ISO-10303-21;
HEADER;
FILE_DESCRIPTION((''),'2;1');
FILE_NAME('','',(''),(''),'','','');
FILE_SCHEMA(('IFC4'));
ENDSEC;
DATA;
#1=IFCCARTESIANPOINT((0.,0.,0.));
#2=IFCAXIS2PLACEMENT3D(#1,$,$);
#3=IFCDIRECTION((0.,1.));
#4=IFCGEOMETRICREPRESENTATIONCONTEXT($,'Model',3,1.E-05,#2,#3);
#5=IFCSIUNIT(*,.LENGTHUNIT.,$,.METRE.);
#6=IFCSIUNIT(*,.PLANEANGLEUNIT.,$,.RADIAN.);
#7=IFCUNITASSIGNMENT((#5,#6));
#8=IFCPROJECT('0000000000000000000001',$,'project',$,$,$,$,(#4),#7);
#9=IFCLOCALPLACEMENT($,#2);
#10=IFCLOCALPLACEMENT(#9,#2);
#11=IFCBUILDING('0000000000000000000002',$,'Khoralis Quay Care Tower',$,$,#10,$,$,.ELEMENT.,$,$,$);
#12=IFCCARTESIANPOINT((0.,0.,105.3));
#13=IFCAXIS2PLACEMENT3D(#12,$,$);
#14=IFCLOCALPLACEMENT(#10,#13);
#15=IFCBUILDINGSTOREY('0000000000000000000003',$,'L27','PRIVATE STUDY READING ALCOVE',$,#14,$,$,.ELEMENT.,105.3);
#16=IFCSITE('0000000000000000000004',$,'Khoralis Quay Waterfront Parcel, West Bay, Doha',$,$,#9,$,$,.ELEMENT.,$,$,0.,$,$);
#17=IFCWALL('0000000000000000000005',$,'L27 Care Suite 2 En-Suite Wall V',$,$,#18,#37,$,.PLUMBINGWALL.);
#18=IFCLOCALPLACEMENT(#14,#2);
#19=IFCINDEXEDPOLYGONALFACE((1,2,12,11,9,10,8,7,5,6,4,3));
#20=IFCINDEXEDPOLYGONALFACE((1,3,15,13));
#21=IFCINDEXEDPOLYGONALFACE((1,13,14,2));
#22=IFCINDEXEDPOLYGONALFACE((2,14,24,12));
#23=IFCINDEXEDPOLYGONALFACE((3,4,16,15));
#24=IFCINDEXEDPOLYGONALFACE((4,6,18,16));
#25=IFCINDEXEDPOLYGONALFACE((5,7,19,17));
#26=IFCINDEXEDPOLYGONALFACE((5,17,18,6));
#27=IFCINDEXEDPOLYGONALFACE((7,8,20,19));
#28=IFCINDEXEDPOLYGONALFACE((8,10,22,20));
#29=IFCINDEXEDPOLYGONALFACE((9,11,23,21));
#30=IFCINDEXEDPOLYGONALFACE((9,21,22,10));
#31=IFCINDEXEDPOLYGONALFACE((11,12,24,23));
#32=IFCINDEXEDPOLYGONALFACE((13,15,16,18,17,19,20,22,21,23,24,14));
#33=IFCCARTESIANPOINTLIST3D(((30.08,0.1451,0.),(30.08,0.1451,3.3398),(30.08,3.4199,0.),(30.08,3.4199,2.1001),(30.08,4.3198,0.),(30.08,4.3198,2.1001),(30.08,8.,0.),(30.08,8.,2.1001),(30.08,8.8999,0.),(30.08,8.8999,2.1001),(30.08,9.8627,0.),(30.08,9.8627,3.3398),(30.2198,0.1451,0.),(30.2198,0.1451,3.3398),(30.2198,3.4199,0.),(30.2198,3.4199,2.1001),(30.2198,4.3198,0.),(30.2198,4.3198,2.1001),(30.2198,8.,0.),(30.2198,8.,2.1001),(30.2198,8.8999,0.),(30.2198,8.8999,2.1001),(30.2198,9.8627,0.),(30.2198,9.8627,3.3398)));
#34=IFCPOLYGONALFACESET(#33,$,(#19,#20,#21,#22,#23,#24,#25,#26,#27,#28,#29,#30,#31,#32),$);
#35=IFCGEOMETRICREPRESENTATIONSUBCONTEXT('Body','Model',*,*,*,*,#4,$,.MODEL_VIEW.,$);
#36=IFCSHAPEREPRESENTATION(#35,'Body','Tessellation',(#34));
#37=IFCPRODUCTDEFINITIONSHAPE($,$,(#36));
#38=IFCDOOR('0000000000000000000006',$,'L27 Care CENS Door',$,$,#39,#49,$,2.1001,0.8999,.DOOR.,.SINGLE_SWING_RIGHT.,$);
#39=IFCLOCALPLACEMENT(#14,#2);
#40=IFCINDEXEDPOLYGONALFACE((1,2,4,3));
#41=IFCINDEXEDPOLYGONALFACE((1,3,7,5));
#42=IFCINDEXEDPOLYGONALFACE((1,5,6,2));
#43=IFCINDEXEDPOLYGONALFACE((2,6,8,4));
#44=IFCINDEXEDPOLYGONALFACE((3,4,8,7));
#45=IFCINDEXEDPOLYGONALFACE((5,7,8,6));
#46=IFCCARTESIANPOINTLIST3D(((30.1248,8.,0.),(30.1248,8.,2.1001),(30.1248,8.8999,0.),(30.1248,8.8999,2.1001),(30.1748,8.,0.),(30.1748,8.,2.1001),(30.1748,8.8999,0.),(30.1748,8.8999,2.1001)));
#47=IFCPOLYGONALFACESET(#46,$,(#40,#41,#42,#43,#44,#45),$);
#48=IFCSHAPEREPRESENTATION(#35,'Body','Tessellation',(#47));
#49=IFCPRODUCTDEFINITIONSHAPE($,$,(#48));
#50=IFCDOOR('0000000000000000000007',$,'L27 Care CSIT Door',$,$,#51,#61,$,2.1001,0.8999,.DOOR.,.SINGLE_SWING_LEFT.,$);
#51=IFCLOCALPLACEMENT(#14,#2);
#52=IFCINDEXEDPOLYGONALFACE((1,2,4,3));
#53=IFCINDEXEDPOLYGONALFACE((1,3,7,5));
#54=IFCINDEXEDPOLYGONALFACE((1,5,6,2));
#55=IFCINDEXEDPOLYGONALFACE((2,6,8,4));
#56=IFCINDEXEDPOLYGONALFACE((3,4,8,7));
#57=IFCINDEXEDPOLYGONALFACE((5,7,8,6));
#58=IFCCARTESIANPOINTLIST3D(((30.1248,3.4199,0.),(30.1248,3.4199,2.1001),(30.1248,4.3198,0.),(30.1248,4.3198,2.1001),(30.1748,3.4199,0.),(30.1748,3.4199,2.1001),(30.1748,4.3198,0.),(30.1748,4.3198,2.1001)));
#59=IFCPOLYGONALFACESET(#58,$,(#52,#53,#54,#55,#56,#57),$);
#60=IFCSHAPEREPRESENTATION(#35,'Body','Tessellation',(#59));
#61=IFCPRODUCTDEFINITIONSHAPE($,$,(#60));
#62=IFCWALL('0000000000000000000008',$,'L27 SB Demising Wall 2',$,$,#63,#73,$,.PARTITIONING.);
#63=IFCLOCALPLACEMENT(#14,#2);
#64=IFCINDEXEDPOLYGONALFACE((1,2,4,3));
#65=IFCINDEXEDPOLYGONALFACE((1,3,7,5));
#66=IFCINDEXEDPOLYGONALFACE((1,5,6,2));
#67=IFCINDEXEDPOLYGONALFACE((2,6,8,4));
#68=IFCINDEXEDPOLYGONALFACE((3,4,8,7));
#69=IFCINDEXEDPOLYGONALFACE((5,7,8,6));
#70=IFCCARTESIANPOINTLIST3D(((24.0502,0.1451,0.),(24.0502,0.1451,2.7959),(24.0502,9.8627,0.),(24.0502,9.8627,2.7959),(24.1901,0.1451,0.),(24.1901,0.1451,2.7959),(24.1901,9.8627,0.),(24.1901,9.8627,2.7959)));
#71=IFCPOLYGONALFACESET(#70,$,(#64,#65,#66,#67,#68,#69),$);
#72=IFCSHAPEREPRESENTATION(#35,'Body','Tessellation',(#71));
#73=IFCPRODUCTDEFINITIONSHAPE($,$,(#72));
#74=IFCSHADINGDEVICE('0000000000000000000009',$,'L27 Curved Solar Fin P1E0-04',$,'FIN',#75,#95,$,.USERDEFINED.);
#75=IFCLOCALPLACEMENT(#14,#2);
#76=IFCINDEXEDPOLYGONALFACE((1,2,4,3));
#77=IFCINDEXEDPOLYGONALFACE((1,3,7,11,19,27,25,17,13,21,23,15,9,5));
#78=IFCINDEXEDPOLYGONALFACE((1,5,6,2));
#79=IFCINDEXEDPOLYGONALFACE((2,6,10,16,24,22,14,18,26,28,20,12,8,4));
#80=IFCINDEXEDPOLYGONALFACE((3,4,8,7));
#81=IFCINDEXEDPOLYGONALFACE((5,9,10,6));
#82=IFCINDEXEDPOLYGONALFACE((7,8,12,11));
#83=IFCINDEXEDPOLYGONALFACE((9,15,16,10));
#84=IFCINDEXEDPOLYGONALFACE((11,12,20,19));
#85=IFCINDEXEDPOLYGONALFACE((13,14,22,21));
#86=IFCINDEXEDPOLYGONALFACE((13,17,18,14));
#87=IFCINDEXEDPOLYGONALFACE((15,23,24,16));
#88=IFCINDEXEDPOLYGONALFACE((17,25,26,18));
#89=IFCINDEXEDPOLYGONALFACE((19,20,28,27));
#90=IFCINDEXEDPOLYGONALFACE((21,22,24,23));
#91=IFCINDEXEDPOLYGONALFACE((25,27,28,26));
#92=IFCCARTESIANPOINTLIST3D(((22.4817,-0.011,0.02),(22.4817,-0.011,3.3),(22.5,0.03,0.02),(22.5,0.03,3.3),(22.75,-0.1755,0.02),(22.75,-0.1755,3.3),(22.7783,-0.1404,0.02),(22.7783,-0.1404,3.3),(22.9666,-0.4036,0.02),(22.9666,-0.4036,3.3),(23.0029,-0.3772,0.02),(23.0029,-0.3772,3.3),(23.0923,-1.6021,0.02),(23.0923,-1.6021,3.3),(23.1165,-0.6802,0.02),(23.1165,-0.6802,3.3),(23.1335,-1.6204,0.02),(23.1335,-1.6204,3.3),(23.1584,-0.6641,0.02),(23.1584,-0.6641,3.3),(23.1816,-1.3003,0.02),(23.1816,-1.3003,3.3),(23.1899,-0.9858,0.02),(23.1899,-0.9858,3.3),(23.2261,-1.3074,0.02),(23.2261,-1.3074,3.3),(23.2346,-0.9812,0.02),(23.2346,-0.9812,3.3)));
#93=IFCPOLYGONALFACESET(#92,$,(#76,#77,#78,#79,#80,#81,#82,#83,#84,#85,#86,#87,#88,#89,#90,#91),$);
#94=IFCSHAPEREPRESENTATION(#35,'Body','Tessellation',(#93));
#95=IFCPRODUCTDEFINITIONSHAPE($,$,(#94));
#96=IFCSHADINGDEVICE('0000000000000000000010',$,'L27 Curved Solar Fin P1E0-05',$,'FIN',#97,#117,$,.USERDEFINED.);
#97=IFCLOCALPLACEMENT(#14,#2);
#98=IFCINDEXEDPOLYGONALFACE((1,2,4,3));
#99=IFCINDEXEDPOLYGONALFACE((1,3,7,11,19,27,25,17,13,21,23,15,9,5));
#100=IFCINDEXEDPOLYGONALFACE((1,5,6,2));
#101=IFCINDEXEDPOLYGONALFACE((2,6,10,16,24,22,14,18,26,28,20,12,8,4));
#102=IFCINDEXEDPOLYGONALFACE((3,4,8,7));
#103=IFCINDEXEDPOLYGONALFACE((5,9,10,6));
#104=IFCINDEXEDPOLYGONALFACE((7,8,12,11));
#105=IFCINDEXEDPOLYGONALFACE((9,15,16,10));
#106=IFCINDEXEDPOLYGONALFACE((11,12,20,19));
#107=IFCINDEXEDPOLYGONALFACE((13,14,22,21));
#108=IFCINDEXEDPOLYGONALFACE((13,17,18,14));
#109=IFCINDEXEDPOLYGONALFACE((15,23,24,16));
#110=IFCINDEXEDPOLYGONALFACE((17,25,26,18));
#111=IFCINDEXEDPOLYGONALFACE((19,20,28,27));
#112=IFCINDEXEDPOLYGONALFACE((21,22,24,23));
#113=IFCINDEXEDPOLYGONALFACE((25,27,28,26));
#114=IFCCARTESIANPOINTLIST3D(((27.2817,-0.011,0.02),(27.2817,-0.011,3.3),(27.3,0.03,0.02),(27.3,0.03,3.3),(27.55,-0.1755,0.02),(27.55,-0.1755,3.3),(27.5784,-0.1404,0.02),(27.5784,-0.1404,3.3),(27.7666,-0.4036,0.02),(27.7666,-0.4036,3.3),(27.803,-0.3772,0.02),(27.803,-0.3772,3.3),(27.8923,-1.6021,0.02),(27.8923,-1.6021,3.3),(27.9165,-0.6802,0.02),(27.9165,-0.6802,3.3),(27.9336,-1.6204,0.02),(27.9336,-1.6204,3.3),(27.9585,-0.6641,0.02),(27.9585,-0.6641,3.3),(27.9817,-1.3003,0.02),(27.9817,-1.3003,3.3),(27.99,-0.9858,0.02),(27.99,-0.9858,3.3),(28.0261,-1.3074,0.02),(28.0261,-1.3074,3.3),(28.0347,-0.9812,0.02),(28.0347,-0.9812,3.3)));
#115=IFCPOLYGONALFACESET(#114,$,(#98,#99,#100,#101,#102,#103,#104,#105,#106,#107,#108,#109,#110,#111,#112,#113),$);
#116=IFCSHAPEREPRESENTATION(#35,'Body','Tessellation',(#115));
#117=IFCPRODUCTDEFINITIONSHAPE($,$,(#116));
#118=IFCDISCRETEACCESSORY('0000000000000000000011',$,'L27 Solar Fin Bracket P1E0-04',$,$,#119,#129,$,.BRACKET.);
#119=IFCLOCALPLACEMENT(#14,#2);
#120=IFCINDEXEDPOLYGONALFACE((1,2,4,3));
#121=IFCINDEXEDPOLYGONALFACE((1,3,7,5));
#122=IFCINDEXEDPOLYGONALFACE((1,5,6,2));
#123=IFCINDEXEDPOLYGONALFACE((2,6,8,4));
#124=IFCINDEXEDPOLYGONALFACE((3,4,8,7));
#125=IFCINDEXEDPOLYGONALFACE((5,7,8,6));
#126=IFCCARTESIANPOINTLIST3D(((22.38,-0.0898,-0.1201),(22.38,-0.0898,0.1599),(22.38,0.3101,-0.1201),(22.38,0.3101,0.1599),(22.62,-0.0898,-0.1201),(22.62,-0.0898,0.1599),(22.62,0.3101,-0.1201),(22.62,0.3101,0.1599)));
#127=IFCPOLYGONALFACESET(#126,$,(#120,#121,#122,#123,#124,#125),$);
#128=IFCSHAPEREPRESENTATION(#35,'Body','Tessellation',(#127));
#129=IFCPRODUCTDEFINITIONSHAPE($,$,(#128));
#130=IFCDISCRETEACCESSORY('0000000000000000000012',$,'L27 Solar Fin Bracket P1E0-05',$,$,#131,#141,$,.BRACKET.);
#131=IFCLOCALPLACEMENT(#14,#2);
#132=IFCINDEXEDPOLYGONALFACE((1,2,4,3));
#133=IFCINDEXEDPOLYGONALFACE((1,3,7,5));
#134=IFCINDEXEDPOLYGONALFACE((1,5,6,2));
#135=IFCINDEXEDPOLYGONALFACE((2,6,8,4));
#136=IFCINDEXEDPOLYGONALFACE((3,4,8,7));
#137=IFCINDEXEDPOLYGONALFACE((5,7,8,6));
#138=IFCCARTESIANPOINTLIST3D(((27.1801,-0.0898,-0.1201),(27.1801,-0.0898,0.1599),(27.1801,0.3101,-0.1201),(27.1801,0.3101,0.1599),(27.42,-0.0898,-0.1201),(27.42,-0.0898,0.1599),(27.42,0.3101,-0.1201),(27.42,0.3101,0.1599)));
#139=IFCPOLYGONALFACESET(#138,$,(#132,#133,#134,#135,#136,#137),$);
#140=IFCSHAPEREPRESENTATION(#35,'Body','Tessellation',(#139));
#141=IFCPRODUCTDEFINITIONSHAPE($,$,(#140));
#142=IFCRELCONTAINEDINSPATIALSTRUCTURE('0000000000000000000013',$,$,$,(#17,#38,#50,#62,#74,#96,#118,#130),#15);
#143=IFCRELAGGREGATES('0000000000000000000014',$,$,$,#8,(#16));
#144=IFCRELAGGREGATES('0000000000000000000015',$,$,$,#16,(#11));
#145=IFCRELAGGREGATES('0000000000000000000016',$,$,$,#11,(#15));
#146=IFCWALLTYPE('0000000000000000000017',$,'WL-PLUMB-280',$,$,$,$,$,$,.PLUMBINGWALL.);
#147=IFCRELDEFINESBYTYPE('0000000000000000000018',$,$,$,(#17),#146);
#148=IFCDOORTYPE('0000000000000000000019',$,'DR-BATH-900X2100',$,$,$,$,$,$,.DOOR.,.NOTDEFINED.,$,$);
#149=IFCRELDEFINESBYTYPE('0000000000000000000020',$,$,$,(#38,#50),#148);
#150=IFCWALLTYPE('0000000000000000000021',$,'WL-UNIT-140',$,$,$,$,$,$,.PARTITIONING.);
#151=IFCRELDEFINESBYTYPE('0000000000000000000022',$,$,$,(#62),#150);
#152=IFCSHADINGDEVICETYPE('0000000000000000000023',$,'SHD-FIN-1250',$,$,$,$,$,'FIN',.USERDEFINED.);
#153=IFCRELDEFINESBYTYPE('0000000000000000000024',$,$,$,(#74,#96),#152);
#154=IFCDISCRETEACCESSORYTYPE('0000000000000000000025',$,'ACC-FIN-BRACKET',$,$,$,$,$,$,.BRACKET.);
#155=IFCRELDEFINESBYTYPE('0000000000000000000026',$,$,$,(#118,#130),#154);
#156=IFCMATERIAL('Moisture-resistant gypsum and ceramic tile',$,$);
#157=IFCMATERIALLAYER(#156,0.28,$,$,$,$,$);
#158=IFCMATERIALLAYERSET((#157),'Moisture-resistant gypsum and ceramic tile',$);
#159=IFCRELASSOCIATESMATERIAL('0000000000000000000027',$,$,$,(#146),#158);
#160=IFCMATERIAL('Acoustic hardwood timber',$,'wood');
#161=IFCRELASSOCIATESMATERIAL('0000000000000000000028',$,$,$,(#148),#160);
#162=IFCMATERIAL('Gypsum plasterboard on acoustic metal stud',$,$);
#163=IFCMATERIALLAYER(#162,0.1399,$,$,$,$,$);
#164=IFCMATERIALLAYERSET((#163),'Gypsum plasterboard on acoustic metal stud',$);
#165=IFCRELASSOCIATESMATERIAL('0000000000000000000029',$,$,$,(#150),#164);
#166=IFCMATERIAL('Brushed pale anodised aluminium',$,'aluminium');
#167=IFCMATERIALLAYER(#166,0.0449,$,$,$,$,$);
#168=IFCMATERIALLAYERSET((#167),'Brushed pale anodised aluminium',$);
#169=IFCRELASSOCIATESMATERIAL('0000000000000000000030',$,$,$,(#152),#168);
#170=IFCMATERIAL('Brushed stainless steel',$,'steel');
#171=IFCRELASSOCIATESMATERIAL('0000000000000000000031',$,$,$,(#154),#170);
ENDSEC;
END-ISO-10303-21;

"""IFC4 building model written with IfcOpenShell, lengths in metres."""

from ifc_helpers import new_model, si_unit, direction, frame, frame_2d, origin, origin_2d, place, context, subcontext, project, spatial, polyline, rectangle, outline, extrude, source, transform, mapped, material, layer, layer_set, type_object, element, fill, save


model = new_model("IFC4")

# Units and contexts
model_context = context("Model", 3, precision=1e-05, world=origin(), true_north=direction((0.0, 1.0)))
body_context = subcontext(model_context, "Body", "Model", "MODEL_VIEW")
ifc_project = project(units=[si_unit("LENGTHUNIT", "METRE"), si_unit("PLANEANGLEUNIT", "RADIAN")], contexts=[model_context])

# Site, building, storey
site_placement = place(None, origin())
site = spatial("IfcSite", under=ifc_project, at=site_placement, Name="Khoralis Quay Waterfront Parcel, West Bay, Doha", CompositionType="ELEMENT", RefElevation=0.0)
building_placement = place(site_placement, origin())
building = spatial("IfcBuilding", under=site, at=building_placement, Name="Khoralis Quay Care Tower", CompositionType="ELEMENT")
storey_placement = place(building_placement, frame((0.0, 0.0, 105.3)))
storey = spatial("IfcBuildingStorey", under=building, at=storey_placement, Name="L27", Description="PRIVATE STUDY READING ALCOVE", CompositionType="ELEMENT", Elevation=105.3)

# Wall, openings, doors
ifc_material_1 = material(Name="Moisture-resistant gypsum and ceramic tile")
ifc_layer_1 = layer(ifc_material_1, 0.28)
ifc_layer_set_1 = layer_set([ifc_layer_1], Name="Moisture-resistant gypsum and ceramic tile")
wall_type_1 = type_object("IfcWallType", Name="WL-PLUMB-280", PredefinedType="PLUMBINGWALL", material=ifc_layer_set_1)
ifc_material_2 = material(Name="Acoustic hardwood timber", Category="wood")
door_type = type_object("IfcDoorType", Name="DR-BATH-900X2100", OperationType="NOTDEFINED", PredefinedType="DOOR", material=ifc_material_2)
shared_shape_1 = source(origin(), body_context, "Body", "SweptSolid", [
    extrude(rectangle(XDim=0.8999, YDim=2.1001, at=frame_2d((0.45, 1.05))), frame((0.0, 0.0249, 0.0), z_axis=(0.0, -1.0, 0.0), x_axis=(1.0, 0.0, 0.0)), (0.0, 0.0, 1.0), 0.05),
])
wall_1_placement = place(storey_placement, frame((30.1499, 0.145, 0.0), z_axis=(0.0, 0.0, 1.0), x_axis=(0.0, 1.0, 0.0)))
wall_1 = element("IfcWall", 1, at=wall_1_placement, inside=storey, type_object=wall_type_1, Name="L27 Care Suite 2 En-Suite Wall V", PredefinedType="PLUMBINGWALL", context=body_context, shape_type="SweptSolid", body=[
    extrude(rectangle(XDim=9.7175, YDim=0.1399, at=frame_2d((4.8589, 0.0))), origin(), (0.0, 0.0, 1.0), 3.3398),
])
opening_1_placement = place(wall_1_placement, frame((7.855, 0.0, 0.0)))
opening_1 = element("IfcOpeningElement", 2, at=opening_1_placement, cuts=wall_1, PredefinedType="OPENING", context=body_context, shape_type="SweptSolid", body=[
    extrude(rectangle(XDim=0.8999, YDim=2.1001, at=frame_2d((0.45, 1.05))), frame((0.0, 0.0801, 0.0), z_axis=(0.0, -1.0, 0.0), x_axis=(1.0, 0.0, 0.0)), (0.0, 0.0, 1.0), 0.1599),
])
opening_2_placement = place(wall_1_placement, frame((3.2749, 0.0, 0.0)))
opening_2 = element("IfcOpeningElement", 3, at=opening_2_placement, cuts=wall_1, PredefinedType="OPENING", context=body_context, shape_type="SweptSolid", body=[
    extrude(rectangle(XDim=0.8999, YDim=2.1001, at=frame_2d((0.45, 1.05))), frame((0.0, 0.0801, 0.0), z_axis=(0.0, -1.0, 0.0), x_axis=(1.0, 0.0, 0.0)), (0.0, 0.0, 1.0), 0.1599),
])
door_1_placement = place(opening_1_placement, frame((0.8999, 0.0, 0.0), z_axis=(0.0, 0.0, 1.0), x_axis=(-1.0, 0.0, 0.0)))
door_1 = element("IfcDoor", 4, at=door_1_placement, inside=storey, type_object=door_type, Name="L27 Care CENS Door", OperationType="SINGLE_SWING_RIGHT", OverallHeight=2.1001, OverallWidth=0.8999, PredefinedType="DOOR", context=body_context, shape_type="MappedRepresentation", body=[
    mapped(shared_shape_1, transform((0.0, 0.0, 0.0), scale=1.0)),
])
fill(opening_1, door_1)
door_2_placement = place(opening_2_placement, frame((0.8999, 0.0, 0.0), z_axis=(0.0, 0.0, 1.0), x_axis=(-1.0, 0.0, 0.0)))
door_2 = element("IfcDoor", 5, at=door_2_placement, inside=storey, type_object=door_type, Name="L27 Care CSIT Door", OperationType="SINGLE_SWING_LEFT", OverallHeight=2.1001, OverallWidth=0.8999, PredefinedType="DOOR", context=body_context, shape_type="MappedRepresentation", body=[
    mapped(shared_shape_1, transform((0.0, 0.0, 0.0), scale=1.0)),
])
fill(opening_2, door_2)

# Wall
ifc_material_3 = material(Name="Gypsum plasterboard on acoustic metal stud")
ifc_layer_2 = layer(ifc_material_3, 0.1399)
ifc_layer_set_2 = layer_set([ifc_layer_2], Name="Gypsum plasterboard on acoustic metal stud")
wall_type_2 = type_object("IfcWallType", Name="WL-UNIT-140", PredefinedType="PARTITIONING", material=ifc_layer_set_2)
wall_2_placement = place(storey_placement, frame((24.1201, 0.145, 0.0), z_axis=(0.0, 0.0, 1.0), x_axis=(0.0, 1.0, 0.0)))
element("IfcWall", 6, at=wall_2_placement, inside=storey, type_object=wall_type_2, Name="L27 SB Demising Wall 2", PredefinedType="PARTITIONING", context=body_context, shape_type="SweptSolid", body=[
    extrude(rectangle(XDim=9.7175, YDim=0.1399, at=frame_2d((4.8589, 0.0))), origin(), (0.0, 0.0, 1.0), 2.7959),
])

# Shading devices
ifc_material_4 = material(Name="Brushed pale anodised aluminium", Category="aluminium")
ifc_layer_3 = layer(ifc_material_4, 0.0449)
ifc_layer_set_3 = layer_set([ifc_layer_3], Name="Brushed pale anodised aluminium")
shading_device_type = type_object("IfcShadingDeviceType", Name="SHD-FIN-1250", ElementType="FIN", PredefinedType="USERDEFINED", material=ifc_layer_set_3)
shared_shape_2 = source(origin(), body_context, "Body", "SweptSolid", [
    extrude(outline(polyline([(0.0, 0.0), (0.1704, 0.2783), (0.4072, 0.5029), (0.6941, 0.6584), (1.0112, 0.7346), (1.3374, 0.7261), (1.6504, 0.6335), (1.6321, 0.5923), (1.3303, 0.6816), (1.0159, 0.6899), (0.7102, 0.6165), (0.4336, 0.4666), (0.2056, 0.25), (0.041, -0.0183), (0.0, 0.0)])), origin(), (0.0, 0.0, 1.0), 3.28),
])
for number, where, z_axis, x_axis, name in (
    (7, (22.5, 0.03, 0.02), (0.0, 0.0, 1.0), (0.0, -1.0, 0.0), "L27 Curved Solar Fin P1E0-04"),
    (8, (27.3, 0.03, 0.02), (0.0, 0.0, 1.0), (0.0, -1.0, 0.0), "L27 Curved Solar Fin P1E0-05"),
):
    element("IfcShadingDevice", number, at=place(storey_placement, frame(where, z_axis=z_axis, x_axis=x_axis)), inside=storey, type_object=shading_device_type, Name=name, ObjectType="FIN", PredefinedType="USERDEFINED", context=body_context, shape_type="MappedRepresentation", body=[
        mapped(shared_shape_2, transform((0.0, 0.0, 0.0), scale=1.0)),
    ])

# Discrete accessories
ifc_material_5 = material(Name="Brushed stainless steel", Category="steel")
discrete_accessory_type = type_object("IfcDiscreteAccessoryType", Name="ACC-FIN-BRACKET", PredefinedType="BRACKET", material=ifc_material_5)
shared_shape_3 = source(origin(), body_context, "Body", "SweptSolid", [
    extrude(rectangle(XDim=0.3999, YDim=0.24, at=origin_2d()), origin(), (0.0, 0.0, 1.0), 0.28),
])
for number, where, z_axis, x_axis, name in (
    (9, (22.5, 0.1101, -0.1201), (0.0, 0.0, 1.0), (0.0, -1.0, 0.0), "L27 Solar Fin Bracket P1E0-04"),
    (10, (27.3, 0.1101, -0.1201), (0.0, 0.0, 1.0), (0.0, -1.0, 0.0), "L27 Solar Fin Bracket P1E0-05"),
):
    element("IfcDiscreteAccessory", number, at=place(storey_placement, frame(where, z_axis=z_axis, x_axis=x_axis)), inside=storey, type_object=discrete_accessory_type, Name=name, PredefinedType="BRACKET", context=body_context, shape_type="MappedRepresentation", body=[
        mapped(shared_shape_3, transform((0.0, 0.0, 0.0), scale=1.0)),
    ])

save(model, "model.ifc")
